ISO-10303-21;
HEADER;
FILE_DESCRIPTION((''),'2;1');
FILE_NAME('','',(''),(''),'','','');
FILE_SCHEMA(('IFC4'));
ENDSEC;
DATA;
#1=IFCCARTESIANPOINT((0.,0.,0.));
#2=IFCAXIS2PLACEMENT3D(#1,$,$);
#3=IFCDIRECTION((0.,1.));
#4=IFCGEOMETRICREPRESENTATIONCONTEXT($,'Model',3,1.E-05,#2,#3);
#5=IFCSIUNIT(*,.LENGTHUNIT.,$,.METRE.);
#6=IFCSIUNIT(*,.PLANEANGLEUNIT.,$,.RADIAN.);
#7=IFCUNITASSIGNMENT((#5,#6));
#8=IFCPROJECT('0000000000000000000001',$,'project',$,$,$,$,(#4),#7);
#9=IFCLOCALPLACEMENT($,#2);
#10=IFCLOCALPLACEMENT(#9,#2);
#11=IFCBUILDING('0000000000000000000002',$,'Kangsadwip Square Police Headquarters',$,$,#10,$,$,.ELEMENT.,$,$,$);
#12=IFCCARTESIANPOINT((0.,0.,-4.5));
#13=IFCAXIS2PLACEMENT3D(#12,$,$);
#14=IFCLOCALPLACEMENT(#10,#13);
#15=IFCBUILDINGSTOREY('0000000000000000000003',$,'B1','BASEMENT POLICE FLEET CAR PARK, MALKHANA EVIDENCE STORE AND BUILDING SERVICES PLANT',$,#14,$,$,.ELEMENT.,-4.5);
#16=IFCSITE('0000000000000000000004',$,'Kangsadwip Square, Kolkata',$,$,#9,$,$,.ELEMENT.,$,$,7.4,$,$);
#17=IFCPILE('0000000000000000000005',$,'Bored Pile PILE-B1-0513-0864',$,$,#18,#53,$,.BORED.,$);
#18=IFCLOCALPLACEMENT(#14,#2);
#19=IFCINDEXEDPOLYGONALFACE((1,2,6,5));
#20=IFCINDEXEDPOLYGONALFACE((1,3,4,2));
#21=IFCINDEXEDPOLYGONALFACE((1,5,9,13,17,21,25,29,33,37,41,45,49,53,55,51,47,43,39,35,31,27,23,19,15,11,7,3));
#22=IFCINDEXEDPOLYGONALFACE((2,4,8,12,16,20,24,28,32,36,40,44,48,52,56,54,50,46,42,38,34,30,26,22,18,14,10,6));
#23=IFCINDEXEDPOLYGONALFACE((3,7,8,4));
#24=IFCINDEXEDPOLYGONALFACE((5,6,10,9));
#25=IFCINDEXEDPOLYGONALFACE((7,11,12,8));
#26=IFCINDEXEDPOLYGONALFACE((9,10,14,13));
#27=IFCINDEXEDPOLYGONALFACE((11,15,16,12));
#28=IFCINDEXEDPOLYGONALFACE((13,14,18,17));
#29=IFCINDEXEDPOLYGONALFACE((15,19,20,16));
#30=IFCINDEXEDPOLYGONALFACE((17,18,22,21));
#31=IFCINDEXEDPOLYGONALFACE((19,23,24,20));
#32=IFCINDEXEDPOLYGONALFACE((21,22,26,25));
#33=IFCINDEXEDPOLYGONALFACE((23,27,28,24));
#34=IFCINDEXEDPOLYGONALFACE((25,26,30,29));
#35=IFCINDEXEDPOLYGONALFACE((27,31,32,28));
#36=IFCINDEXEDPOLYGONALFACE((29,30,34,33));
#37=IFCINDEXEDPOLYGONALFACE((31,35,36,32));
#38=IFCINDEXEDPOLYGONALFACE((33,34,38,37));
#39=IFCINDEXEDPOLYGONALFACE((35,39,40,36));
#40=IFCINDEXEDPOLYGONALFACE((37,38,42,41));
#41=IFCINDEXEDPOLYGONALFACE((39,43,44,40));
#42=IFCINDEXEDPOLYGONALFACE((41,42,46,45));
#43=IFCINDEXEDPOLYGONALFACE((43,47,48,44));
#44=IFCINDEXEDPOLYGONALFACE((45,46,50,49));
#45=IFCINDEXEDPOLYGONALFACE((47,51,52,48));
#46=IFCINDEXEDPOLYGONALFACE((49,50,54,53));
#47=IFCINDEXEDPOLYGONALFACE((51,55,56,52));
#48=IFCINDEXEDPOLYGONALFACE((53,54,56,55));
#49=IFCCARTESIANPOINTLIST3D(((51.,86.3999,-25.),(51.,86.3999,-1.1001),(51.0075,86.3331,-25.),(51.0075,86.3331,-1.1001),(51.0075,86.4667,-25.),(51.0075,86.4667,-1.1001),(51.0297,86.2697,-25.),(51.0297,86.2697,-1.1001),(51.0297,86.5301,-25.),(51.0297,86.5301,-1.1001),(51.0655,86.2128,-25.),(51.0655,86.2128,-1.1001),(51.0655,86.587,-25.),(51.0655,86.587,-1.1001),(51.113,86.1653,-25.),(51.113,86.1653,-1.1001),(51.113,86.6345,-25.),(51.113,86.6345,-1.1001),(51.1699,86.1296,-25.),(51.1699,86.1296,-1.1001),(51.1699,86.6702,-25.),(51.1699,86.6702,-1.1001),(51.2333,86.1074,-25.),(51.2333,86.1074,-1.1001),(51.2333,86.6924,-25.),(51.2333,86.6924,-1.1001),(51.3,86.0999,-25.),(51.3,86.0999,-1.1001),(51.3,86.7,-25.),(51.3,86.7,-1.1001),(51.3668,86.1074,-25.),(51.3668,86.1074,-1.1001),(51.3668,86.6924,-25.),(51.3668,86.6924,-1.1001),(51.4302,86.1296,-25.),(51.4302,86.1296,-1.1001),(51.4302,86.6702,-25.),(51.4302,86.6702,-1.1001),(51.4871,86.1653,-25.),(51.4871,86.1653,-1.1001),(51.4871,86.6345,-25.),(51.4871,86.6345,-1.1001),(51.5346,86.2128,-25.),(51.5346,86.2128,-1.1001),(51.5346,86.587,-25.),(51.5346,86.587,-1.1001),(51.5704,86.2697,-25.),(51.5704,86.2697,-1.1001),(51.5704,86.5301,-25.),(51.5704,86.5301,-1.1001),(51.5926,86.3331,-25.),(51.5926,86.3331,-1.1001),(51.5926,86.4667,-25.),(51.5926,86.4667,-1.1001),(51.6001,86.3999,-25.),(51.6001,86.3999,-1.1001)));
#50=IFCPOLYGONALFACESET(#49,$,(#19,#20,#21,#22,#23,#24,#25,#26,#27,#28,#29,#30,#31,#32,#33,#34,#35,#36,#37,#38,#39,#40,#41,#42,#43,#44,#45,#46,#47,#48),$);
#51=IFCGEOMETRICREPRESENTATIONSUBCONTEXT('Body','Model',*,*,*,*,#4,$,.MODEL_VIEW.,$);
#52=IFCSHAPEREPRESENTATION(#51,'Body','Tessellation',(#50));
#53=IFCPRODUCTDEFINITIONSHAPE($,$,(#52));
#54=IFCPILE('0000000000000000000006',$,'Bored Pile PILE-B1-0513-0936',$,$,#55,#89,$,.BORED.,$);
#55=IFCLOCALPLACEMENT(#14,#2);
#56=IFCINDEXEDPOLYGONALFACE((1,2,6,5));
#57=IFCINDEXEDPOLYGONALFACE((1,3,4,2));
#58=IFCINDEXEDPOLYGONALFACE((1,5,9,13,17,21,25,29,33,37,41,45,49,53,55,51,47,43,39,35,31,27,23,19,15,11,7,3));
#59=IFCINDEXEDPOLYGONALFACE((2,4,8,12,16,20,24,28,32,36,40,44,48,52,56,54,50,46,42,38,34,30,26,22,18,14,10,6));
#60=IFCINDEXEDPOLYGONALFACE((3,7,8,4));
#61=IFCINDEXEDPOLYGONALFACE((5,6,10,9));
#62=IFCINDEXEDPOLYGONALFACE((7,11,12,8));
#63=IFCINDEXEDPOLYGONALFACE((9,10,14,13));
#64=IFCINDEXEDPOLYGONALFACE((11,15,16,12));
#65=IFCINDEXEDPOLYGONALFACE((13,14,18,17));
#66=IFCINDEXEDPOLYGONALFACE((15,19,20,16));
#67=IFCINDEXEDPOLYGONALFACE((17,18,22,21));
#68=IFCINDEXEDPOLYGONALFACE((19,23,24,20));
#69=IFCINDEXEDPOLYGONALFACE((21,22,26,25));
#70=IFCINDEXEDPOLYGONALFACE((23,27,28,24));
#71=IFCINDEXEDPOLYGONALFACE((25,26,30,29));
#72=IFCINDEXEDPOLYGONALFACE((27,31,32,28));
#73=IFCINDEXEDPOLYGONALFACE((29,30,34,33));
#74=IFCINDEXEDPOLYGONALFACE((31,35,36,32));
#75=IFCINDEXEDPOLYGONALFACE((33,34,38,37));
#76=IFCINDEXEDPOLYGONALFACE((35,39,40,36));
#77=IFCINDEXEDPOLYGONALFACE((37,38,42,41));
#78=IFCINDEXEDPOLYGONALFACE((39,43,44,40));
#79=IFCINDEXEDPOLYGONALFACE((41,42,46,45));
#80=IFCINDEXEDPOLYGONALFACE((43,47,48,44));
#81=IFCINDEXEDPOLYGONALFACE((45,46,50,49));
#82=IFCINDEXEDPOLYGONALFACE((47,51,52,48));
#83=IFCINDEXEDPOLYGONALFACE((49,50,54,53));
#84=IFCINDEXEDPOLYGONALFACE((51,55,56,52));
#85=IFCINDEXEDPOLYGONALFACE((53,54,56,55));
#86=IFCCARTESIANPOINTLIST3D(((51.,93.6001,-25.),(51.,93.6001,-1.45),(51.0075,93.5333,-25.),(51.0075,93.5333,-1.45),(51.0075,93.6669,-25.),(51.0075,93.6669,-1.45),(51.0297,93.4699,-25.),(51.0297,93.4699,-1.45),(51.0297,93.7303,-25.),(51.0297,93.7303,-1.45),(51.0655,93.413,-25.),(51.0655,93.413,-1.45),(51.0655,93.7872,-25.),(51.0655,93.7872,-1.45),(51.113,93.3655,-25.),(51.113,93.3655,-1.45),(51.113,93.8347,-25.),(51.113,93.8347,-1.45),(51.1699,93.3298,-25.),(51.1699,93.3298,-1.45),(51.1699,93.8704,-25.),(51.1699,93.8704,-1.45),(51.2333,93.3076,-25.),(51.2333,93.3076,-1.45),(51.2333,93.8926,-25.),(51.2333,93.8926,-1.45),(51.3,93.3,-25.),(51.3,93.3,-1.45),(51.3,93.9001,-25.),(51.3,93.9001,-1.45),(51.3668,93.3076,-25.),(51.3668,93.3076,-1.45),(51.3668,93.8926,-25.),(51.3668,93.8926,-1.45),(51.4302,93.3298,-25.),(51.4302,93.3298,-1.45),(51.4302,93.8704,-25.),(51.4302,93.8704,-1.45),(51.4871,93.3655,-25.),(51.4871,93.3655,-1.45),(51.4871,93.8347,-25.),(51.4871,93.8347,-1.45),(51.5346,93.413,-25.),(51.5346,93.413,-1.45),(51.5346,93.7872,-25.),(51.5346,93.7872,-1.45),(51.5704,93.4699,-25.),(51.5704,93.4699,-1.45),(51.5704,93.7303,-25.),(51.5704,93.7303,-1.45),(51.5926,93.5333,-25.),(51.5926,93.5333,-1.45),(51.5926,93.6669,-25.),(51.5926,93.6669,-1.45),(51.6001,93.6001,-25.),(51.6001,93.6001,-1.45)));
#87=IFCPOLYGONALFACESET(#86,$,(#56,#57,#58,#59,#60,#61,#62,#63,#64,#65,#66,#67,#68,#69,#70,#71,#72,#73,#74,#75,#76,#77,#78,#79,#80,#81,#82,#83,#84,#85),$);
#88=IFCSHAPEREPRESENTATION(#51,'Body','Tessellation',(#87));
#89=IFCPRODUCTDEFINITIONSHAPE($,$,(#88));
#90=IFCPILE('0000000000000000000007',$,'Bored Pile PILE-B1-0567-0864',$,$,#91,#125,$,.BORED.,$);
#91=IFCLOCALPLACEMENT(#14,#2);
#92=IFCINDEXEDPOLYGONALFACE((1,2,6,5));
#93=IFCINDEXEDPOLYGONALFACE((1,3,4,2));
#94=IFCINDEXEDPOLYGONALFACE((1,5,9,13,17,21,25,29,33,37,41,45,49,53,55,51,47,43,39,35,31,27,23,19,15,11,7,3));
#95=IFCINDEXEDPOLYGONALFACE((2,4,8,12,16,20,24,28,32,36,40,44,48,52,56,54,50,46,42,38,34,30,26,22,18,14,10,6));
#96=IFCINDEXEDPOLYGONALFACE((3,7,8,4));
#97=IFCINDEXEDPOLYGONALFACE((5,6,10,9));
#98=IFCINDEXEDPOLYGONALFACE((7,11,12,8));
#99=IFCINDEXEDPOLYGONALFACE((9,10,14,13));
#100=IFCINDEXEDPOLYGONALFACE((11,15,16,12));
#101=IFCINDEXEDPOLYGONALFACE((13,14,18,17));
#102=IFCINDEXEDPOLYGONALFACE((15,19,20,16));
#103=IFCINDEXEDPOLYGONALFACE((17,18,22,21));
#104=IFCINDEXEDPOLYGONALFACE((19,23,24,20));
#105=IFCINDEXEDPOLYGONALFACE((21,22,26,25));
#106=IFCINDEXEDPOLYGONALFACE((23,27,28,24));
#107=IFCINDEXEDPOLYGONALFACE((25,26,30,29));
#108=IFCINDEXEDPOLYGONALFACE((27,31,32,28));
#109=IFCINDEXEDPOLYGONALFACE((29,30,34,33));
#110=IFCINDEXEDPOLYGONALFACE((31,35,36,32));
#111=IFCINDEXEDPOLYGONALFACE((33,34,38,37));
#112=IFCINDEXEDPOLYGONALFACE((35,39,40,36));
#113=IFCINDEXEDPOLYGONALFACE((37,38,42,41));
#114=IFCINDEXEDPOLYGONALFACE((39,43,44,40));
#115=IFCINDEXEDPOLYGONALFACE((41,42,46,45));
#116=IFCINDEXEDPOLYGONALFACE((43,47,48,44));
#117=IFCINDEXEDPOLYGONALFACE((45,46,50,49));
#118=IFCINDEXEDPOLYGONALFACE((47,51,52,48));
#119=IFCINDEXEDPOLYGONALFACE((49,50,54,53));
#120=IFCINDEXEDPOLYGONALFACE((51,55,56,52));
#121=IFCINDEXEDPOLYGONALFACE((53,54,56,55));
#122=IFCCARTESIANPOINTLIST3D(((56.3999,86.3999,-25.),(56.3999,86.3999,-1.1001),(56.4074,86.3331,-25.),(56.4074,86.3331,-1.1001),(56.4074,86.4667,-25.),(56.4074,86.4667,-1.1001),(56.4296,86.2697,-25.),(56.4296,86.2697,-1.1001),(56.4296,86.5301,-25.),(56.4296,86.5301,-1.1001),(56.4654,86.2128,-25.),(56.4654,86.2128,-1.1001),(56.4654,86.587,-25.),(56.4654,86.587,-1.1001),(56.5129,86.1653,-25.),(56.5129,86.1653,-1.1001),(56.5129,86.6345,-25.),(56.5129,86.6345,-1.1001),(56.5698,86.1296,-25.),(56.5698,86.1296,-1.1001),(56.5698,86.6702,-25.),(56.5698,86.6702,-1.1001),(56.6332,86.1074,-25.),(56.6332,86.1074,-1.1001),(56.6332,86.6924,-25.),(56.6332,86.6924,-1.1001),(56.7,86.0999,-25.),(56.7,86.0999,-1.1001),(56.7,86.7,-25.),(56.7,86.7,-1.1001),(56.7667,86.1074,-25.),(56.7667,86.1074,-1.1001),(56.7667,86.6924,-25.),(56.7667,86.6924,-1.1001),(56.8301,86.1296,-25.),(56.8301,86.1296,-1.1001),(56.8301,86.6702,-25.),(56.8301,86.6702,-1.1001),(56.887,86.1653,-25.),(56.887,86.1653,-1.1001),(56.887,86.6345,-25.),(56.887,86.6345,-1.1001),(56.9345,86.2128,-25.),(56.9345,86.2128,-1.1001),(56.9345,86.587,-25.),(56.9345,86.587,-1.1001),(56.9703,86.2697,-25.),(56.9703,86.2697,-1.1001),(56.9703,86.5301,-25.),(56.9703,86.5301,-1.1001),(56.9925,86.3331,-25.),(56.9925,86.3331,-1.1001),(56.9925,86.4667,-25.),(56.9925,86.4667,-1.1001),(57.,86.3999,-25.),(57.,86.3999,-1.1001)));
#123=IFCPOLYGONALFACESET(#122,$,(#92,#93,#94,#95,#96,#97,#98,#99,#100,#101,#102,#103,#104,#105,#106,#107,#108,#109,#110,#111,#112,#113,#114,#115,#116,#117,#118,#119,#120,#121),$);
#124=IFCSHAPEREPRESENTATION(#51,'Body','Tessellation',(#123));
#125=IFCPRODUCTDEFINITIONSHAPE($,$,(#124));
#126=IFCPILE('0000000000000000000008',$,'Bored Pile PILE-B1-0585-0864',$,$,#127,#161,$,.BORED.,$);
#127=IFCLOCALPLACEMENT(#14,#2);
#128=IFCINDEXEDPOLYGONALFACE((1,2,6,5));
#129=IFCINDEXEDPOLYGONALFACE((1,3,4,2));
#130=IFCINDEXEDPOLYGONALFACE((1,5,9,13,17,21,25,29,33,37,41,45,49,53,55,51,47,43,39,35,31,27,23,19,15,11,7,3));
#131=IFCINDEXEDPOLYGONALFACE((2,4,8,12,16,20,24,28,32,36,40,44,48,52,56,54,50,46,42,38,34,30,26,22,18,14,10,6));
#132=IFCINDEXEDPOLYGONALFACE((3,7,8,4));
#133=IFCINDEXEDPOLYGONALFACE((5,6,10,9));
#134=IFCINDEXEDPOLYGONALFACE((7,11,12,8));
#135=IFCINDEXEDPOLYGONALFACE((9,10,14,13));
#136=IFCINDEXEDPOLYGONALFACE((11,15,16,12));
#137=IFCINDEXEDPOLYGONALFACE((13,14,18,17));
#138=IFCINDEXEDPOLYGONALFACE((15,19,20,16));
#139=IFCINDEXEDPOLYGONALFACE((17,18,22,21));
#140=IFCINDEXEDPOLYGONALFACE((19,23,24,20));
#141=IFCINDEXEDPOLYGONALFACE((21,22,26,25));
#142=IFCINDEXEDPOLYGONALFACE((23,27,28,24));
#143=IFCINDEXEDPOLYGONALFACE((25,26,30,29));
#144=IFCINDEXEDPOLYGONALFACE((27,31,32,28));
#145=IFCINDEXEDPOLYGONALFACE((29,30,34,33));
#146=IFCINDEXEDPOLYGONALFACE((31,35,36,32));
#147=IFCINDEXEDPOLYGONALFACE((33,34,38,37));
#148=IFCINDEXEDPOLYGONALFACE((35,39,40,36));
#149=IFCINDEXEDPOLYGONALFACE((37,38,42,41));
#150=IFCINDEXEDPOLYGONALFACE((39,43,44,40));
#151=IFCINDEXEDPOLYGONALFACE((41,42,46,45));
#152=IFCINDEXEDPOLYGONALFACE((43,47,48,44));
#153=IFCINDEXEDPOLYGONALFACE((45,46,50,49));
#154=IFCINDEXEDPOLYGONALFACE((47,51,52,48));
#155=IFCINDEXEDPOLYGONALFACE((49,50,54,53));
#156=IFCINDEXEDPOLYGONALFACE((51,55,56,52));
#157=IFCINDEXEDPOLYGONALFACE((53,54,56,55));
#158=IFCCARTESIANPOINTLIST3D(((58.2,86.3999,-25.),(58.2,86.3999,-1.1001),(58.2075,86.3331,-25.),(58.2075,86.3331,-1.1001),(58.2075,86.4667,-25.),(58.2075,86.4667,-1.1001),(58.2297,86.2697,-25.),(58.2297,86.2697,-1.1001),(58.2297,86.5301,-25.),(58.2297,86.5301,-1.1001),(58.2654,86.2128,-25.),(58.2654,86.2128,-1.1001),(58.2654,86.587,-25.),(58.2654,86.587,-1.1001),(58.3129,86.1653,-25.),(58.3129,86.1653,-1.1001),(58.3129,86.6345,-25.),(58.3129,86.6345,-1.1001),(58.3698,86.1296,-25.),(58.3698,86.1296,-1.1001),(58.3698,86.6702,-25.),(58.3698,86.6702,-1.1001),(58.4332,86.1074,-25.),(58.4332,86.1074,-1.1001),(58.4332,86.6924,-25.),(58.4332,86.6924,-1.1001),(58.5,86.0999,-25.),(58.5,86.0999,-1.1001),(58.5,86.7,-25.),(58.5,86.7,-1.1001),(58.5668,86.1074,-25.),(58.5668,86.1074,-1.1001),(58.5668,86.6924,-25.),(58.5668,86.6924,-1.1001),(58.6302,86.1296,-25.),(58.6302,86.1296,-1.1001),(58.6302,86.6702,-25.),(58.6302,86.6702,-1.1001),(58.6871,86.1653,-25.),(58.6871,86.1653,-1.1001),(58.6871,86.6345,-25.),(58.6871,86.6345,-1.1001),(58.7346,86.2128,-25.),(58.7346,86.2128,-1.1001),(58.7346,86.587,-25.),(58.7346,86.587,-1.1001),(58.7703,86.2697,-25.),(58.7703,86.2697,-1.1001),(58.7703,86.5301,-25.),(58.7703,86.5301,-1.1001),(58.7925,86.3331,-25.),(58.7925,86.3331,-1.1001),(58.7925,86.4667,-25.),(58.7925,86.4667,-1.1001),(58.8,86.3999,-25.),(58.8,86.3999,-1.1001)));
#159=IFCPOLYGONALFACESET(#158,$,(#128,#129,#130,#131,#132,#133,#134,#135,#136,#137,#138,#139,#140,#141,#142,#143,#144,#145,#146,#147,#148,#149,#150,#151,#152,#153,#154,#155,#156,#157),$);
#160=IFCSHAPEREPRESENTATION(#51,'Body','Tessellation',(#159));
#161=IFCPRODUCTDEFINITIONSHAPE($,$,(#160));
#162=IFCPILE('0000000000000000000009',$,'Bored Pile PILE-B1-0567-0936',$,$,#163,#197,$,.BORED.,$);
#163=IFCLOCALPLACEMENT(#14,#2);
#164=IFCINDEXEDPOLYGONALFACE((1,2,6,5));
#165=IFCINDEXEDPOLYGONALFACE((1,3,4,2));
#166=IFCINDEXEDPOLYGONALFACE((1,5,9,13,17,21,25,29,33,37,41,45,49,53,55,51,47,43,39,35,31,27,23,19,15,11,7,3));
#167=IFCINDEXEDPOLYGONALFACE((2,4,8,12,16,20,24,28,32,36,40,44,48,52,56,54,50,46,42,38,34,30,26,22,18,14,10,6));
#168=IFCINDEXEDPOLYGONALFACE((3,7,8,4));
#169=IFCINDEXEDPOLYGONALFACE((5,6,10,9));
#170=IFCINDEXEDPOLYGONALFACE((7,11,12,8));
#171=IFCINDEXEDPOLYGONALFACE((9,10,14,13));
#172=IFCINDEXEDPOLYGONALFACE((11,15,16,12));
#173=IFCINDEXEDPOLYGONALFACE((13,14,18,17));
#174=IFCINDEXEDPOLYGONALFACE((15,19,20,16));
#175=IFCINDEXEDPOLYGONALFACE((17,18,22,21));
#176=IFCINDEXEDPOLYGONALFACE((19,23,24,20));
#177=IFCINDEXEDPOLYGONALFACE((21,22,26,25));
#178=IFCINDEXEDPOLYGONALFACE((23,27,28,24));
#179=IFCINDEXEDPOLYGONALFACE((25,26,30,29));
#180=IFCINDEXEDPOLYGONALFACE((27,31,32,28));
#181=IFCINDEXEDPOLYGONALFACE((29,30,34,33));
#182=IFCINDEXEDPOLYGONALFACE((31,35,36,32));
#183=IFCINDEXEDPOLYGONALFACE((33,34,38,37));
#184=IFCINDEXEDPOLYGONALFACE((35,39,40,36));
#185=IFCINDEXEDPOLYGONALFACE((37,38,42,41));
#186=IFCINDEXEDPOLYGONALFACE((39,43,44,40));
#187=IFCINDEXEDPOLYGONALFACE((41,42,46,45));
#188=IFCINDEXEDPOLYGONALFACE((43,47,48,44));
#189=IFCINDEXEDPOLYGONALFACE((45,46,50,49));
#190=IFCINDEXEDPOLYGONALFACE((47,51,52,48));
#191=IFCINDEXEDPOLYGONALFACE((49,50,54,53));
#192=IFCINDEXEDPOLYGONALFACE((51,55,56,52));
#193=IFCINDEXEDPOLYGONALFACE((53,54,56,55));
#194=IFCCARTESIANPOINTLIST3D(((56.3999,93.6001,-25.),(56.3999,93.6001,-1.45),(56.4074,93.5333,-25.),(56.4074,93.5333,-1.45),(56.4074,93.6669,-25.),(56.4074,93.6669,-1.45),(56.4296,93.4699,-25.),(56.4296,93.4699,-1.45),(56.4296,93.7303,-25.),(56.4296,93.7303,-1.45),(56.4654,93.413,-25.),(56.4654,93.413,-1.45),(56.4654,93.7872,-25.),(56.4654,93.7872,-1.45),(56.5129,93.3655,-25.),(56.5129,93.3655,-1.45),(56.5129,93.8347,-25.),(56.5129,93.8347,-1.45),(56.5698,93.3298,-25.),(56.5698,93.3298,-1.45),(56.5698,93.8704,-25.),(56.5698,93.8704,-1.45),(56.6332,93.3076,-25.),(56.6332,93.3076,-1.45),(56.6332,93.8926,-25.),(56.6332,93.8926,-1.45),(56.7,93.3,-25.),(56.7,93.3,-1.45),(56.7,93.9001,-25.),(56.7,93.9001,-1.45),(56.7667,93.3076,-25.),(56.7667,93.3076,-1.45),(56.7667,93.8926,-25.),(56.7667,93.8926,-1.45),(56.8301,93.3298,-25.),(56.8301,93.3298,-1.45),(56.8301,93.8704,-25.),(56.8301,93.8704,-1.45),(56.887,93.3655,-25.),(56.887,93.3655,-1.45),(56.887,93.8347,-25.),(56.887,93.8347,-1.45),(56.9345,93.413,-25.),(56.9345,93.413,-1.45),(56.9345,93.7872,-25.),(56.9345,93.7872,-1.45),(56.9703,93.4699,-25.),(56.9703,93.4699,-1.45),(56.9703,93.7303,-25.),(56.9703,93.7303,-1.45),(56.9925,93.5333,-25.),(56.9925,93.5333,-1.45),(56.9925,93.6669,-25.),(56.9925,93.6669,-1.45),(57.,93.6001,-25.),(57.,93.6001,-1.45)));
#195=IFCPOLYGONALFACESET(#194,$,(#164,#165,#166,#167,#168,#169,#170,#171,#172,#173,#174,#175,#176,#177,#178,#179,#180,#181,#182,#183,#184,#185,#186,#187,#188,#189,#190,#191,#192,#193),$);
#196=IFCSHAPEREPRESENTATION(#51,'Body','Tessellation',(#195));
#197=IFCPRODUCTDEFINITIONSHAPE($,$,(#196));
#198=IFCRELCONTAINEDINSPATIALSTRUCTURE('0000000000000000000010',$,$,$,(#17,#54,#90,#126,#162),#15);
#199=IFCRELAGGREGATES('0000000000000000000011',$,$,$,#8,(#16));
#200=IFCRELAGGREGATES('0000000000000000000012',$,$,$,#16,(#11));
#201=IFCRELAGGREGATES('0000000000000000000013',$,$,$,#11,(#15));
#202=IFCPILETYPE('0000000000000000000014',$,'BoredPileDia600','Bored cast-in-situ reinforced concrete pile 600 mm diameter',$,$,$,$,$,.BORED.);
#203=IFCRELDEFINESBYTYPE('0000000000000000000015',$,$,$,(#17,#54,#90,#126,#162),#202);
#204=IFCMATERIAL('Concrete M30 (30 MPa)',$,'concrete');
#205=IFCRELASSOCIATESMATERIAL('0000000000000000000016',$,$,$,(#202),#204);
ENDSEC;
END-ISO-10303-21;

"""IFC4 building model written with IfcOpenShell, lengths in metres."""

from ifc_helpers import new_model, si_unit, direction, frame, origin, origin_2d, place, context, subcontext, project, spatial, circle, extrude, material, material_profile, profile_set, type_object, element, save


model = new_model("IFC4")

# Units and contexts
model_context = context("Model", 3, precision=1e-05, world=origin(), true_north=direction((0.0, 1.0)))
body_context = subcontext(model_context, "Body", "Model", "MODEL_VIEW")
ifc_project = project(units=[si_unit("LENGTHUNIT", "METRE"), si_unit("PLANEANGLEUNIT", "RADIAN")], contexts=[model_context])

# Site, building, storey
site_placement = place(None, origin())
site = spatial("IfcSite", under=ifc_project, at=site_placement, Name="Kangsadwip Square, Kolkata", CompositionType="ELEMENT", RefElevation=7.4)
building_placement = place(site_placement, origin())
building = spatial("IfcBuilding", under=site, at=building_placement, Name="Kangsadwip Square Police Headquarters", CompositionType="ELEMENT")
storey_placement = place(building_placement, frame((0.0, 0.0, -4.5)))
storey = spatial("IfcBuildingStorey", under=building, at=storey_placement, Name="B1", Description="BASEMENT POLICE FLEET CAR PARK, MALKHANA EVIDENCE STORE AND BUILDING SERVICES PLANT", CompositionType="ELEMENT", Elevation=-4.5)

# Piles
ifc_material_1 = material(Name="Concrete M30 (30 MPa)", Category="concrete")
ifc_material_profile_1 = material_profile(ifc_material_1, circle(Radius=0.3, at=origin_2d()), Name="PILE DIA 600")
ifc_profile_set_1 = profile_set([ifc_material_profile_1], Name="Concrete M30 (30 MPa)")
pile_type = type_object("IfcPileType", Name="BoredPileDia600", Description="Bored cast-in-situ reinforced concrete pile 600 mm diameter", PredefinedType="BORED", material=ifc_profile_set_1)
pile_1_placement = place(storey_placement, frame((51.3, 86.3999, -1.1001), z_axis=(0.0, 0.0, -1.0), x_axis=(1.0, 0.0, 0.0)))
element("IfcPile", 1, at=pile_1_placement, inside=storey, type_object=pile_type, Name="Bored Pile PILE-B1-0513-0864", PredefinedType="BORED", context=body_context, shape_type="SweptSolid", body=[
    extrude(circle(Radius=0.3, at=origin_2d()), origin(), (0.0, 0.0, 1.0), 23.8999),
])
pile_2_placement = place(storey_placement, frame((51.3, 93.6001, -1.45), z_axis=(0.0, 0.0, -1.0), x_axis=(1.0, 0.0, 0.0)))
element("IfcPile", 2, at=pile_2_placement, inside=storey, type_object=pile_type, Name="Bored Pile PILE-B1-0513-0936", PredefinedType="BORED", context=body_context, shape_type="SweptSolid", body=[
    extrude(circle(Radius=0.3, at=origin_2d()), origin(), (0.0, 0.0, 1.0), 23.55),
])
for number, where, z_axis, x_axis, name in (
    (3, (56.7, 86.3999, -1.1001), (0.0, 0.0, -1.0), (1.0, 0.0, 0.0), "Bored Pile PILE-B1-0567-0864"),
    (4, (58.5, 86.3999, -1.1001), (0.0, 0.0, -1.0), (1.0, 0.0, 0.0), "Bored Pile PILE-B1-0585-0864"),
):
    element("IfcPile", number, at=place(storey_placement, frame(where, z_axis=z_axis, x_axis=x_axis)), inside=storey, type_object=pile_type, Name=name, PredefinedType="BORED", context=body_context, shape_type="SweptSolid", body=[
        extrude(circle(Radius=0.3, at=origin_2d()), origin(), (0.0, 0.0, 1.0), 23.8999),
    ])
for number, where, z_axis, x_axis, name in (
    (5, (56.7, 93.6001, -1.45), (0.0, 0.0, -1.0), (1.0, 0.0, 0.0), "Bored Pile PILE-B1-0567-0936"),
):
    element("IfcPile", number, at=place(storey_placement, frame(where, z_axis=z_axis, x_axis=x_axis)), inside=storey, type_object=pile_type, Name=name, PredefinedType="BORED", context=body_context, shape_type="SweptSolid", body=[
        extrude(circle(Radius=0.3, at=origin_2d()), origin(), (0.0, 0.0, 1.0), 23.55),
    ])

save(model, "model.ifc")
